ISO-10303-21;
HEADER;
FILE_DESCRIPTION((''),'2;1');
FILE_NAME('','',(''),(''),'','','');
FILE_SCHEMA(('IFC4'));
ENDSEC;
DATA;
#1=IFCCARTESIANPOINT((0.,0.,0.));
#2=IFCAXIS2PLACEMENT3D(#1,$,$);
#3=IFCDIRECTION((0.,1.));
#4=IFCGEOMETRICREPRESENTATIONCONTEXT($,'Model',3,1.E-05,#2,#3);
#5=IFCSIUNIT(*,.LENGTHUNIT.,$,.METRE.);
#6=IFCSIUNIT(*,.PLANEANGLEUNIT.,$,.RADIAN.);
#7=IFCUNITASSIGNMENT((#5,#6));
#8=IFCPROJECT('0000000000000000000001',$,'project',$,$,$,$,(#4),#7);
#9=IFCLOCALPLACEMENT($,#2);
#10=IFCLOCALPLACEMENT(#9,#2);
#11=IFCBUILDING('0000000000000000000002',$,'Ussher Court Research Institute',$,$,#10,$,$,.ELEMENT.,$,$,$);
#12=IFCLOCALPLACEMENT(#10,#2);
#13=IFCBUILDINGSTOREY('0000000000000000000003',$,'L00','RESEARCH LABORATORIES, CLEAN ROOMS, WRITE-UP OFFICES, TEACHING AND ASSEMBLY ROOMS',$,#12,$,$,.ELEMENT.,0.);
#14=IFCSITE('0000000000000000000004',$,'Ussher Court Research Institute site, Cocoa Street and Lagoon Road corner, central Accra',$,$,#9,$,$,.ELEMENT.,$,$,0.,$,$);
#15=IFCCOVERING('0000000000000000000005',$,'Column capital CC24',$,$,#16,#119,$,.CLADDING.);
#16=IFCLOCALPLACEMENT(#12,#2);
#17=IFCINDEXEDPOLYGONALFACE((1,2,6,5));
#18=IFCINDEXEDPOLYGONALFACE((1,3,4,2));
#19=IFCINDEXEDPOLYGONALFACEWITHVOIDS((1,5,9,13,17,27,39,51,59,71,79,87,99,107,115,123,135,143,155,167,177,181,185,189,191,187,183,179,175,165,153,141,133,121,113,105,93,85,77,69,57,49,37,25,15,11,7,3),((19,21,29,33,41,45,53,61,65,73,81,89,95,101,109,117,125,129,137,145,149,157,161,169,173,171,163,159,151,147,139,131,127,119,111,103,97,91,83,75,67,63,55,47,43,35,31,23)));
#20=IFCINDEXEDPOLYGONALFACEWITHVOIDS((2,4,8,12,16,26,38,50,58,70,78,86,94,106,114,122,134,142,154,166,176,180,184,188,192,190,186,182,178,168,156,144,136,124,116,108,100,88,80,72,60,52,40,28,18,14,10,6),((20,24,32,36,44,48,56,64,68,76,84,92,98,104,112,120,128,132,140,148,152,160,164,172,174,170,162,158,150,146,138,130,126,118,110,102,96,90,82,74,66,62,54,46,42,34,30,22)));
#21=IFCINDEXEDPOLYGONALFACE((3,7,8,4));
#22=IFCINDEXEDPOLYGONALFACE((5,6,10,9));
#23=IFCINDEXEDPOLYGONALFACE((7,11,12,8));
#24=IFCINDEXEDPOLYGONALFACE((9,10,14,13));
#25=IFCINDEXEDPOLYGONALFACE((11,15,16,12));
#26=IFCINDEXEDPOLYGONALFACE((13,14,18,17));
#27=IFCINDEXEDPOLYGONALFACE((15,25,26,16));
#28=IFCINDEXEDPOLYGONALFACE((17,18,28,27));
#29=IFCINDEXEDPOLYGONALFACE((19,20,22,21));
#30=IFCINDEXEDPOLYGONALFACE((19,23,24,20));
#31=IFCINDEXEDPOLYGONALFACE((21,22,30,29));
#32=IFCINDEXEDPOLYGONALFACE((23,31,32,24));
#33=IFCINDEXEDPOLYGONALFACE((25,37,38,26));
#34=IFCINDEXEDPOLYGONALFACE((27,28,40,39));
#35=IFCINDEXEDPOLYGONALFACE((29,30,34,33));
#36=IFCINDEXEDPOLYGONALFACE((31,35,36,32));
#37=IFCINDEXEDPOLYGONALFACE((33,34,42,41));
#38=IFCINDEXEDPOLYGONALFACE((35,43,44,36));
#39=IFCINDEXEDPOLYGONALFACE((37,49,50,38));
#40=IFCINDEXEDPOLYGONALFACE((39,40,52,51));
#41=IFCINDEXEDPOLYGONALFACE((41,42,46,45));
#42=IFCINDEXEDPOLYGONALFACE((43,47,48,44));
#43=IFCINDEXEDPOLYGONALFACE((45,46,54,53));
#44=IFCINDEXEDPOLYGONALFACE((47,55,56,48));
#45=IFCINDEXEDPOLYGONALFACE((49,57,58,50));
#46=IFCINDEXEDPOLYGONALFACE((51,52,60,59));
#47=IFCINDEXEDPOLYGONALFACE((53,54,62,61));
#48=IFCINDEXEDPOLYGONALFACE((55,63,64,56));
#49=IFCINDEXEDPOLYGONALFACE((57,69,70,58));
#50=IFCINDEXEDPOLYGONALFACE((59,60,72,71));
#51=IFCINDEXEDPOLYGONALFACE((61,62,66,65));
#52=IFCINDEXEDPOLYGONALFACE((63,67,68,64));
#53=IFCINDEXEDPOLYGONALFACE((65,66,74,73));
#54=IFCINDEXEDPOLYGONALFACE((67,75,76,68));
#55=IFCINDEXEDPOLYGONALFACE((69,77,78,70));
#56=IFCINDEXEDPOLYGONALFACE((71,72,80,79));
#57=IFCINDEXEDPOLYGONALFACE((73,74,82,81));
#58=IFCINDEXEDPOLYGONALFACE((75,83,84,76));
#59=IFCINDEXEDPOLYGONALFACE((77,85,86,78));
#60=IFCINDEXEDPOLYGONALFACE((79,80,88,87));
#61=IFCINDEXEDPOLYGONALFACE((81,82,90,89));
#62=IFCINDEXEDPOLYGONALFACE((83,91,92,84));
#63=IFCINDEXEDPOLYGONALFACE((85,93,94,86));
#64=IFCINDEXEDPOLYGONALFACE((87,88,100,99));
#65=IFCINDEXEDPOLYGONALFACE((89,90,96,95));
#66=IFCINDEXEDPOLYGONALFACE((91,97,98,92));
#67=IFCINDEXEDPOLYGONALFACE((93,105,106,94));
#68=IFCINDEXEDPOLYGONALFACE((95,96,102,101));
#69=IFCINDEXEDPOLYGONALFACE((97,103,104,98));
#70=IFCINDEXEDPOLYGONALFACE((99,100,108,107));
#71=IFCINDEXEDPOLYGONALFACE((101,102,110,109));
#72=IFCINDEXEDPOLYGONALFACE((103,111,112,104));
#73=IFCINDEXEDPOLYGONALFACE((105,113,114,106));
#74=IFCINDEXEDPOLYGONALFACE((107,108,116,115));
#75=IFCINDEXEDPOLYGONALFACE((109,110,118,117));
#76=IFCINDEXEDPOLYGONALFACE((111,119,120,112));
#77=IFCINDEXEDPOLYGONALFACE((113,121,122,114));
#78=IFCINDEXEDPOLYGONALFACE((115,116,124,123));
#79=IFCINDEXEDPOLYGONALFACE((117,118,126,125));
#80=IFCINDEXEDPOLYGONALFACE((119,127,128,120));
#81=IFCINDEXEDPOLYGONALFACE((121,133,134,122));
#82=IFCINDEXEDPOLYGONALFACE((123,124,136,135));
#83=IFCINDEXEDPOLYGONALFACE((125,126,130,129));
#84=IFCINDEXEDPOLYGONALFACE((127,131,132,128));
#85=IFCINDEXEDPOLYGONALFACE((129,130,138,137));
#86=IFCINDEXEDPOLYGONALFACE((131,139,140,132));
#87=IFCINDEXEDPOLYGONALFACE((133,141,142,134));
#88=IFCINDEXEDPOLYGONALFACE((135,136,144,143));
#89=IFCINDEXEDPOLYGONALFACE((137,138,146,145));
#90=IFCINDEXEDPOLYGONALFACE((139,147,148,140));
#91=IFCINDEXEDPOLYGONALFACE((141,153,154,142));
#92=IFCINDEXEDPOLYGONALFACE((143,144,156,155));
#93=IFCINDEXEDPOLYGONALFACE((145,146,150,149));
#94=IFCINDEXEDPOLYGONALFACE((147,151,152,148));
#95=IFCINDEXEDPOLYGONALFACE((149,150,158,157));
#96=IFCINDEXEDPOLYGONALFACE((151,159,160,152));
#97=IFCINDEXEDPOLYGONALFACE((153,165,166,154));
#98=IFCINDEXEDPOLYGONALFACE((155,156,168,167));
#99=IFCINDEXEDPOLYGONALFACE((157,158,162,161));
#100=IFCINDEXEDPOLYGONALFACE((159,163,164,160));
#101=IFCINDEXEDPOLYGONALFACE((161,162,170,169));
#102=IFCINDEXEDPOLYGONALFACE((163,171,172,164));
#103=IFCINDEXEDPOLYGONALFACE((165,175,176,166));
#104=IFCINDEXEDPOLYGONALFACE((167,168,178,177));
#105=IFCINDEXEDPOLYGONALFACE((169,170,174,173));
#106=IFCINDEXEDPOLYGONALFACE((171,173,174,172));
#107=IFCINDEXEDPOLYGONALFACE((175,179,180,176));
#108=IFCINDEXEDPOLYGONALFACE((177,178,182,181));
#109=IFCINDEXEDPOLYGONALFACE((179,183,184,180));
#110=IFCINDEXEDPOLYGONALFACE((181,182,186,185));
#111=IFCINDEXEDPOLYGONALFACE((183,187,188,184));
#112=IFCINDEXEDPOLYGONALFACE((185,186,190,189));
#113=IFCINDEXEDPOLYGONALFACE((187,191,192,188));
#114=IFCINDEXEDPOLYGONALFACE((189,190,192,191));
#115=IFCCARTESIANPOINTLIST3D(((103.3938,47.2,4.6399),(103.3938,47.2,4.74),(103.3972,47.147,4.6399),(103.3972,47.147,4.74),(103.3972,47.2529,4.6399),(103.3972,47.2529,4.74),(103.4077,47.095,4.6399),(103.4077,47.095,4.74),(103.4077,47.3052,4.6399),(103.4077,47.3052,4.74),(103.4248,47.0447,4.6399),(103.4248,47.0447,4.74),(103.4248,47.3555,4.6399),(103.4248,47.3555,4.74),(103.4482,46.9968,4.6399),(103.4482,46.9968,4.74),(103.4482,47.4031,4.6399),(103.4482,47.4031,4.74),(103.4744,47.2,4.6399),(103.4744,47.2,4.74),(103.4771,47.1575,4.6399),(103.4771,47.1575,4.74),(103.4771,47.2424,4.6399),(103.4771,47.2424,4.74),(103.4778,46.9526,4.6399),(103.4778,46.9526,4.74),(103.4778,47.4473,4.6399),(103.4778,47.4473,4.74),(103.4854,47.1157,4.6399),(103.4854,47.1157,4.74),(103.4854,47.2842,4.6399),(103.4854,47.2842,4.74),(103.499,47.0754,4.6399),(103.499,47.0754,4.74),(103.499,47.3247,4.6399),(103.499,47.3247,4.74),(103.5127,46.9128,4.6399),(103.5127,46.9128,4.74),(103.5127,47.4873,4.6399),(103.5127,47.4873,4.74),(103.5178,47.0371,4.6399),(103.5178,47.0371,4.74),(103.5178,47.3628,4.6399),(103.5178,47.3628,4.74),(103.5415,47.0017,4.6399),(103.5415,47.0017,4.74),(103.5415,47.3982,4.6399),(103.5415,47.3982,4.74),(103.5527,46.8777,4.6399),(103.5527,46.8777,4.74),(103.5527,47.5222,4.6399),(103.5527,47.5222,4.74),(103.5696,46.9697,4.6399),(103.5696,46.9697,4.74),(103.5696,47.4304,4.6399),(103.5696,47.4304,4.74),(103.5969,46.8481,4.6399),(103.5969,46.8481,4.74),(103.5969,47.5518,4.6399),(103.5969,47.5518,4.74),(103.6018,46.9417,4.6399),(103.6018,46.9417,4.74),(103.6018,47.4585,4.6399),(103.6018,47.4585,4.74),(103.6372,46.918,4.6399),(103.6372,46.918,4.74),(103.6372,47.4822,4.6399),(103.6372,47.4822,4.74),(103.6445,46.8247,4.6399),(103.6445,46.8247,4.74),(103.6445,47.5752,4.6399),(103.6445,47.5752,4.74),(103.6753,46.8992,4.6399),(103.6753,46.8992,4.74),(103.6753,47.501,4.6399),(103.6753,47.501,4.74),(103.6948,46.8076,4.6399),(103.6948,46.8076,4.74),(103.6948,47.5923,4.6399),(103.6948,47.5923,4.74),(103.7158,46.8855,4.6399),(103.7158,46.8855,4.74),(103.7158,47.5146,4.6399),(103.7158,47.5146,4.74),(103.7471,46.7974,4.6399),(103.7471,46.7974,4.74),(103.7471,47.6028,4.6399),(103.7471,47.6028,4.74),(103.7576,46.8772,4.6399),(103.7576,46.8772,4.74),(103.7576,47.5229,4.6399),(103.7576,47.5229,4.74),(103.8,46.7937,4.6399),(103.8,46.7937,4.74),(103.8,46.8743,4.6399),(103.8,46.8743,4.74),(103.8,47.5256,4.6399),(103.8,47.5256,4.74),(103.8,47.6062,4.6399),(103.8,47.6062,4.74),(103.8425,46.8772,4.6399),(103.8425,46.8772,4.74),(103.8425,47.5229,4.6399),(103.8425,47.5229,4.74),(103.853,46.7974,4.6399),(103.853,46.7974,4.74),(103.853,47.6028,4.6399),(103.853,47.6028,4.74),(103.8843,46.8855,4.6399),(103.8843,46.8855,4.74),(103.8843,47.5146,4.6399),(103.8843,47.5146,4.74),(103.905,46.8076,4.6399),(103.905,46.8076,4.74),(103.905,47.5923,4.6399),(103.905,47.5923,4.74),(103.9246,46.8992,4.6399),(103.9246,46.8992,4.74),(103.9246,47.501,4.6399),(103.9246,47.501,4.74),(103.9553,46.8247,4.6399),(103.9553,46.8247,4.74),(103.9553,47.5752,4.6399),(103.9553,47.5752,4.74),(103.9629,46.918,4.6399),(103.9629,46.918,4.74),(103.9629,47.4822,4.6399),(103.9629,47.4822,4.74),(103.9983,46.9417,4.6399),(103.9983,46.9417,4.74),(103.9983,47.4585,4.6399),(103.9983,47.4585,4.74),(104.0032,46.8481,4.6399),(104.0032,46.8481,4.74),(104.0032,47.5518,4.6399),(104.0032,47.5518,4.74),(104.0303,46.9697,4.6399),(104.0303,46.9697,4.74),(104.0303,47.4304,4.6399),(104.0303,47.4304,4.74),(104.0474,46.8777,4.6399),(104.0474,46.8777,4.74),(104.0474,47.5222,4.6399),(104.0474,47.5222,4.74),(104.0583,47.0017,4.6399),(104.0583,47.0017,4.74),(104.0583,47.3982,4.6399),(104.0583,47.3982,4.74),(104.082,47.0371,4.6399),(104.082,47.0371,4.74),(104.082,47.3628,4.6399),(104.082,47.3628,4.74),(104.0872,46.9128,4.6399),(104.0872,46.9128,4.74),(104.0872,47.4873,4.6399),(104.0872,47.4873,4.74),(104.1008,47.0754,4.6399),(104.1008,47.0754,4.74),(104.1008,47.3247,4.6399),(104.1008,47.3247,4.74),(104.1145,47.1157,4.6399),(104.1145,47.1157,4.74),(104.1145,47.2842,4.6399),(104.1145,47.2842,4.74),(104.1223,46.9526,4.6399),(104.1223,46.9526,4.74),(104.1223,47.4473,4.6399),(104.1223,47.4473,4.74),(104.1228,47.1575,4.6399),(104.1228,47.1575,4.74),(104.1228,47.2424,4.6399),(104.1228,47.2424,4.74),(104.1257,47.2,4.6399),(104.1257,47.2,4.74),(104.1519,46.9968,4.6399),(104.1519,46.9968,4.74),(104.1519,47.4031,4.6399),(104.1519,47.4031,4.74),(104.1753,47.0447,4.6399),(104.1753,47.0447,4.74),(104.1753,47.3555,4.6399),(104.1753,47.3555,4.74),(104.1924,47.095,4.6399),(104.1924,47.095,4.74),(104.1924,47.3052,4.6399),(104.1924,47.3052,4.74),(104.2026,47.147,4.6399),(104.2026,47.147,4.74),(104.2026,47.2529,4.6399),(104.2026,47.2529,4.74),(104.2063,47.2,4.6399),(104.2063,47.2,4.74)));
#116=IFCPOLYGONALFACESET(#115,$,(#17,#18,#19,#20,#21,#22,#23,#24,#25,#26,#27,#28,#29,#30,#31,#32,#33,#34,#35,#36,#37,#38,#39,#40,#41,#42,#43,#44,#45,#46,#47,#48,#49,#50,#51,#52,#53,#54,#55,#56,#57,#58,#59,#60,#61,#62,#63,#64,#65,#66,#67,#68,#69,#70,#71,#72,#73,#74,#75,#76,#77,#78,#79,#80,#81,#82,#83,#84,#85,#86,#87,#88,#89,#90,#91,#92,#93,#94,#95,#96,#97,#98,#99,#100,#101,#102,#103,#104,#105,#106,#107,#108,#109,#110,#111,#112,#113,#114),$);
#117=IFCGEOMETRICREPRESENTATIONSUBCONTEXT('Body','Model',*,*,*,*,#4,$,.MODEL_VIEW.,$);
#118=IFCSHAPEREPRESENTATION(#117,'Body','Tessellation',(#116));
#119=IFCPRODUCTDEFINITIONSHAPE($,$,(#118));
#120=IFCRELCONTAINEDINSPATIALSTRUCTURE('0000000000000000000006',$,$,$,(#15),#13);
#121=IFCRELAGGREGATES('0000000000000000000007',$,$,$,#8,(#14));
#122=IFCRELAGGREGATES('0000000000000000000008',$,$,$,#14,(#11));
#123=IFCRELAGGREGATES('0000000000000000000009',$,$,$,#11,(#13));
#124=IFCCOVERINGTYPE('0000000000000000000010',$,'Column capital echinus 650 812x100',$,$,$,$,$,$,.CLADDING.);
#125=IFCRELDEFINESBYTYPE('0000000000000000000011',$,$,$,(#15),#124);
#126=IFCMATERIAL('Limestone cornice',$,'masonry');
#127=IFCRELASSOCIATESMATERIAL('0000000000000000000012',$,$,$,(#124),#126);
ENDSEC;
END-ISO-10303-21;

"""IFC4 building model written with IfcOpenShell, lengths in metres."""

from ifc_helpers import new_model, si_unit, direction, frame, origin, place, context, subcontext, project, spatial, polyline, outline, extrude, material, type_object, element, save


model = new_model("IFC4")

# Units and contexts
model_context = context("Model", 3, precision=1e-05, world=origin(), true_north=direction((0.0, 1.0)))
body_context = subcontext(model_context, "Body", "Model", "MODEL_VIEW")
ifc_project = project(units=[si_unit("LENGTHUNIT", "METRE"), si_unit("PLANEANGLEUNIT", "RADIAN")], contexts=[model_context])

# Site, building, storey
site_placement = place(None, origin())
site = spatial("IfcSite", under=ifc_project, at=site_placement, Name="Ussher Court Research Institute site, Cocoa Street and Lagoon Road corner, central Accra", CompositionType="ELEMENT", RefElevation=0.0)
building_placement = place(site_placement, origin())
building = spatial("IfcBuilding", under=site, at=building_placement, Name="Ussher Court Research Institute", CompositionType="ELEMENT")
storey_placement = place(building_placement, origin())
storey = spatial("IfcBuildingStorey", under=building, at=storey_placement, Name="L00", Description="RESEARCH LABORATORIES, CLEAN ROOMS, WRITE-UP OFFICES, TEACHING AND ASSEMBLY ROOMS", CompositionType="ELEMENT", Elevation=0.0)

# Covering
ifc_material_1 = material(Name="Limestone cornice", Category="masonry")
covering_type_1 = type_object("IfcCoveringType", Name="Column capital echinus 650 812x100", PredefinedType="CLADDING", material=ifc_material_1)
covering_1_placement = place(storey_placement, frame((0.0, 0.0, 4.6399)))
element("IfcCovering", 1, at=covering_1_placement, inside=storey, type_object=covering_type_1, Name="Column capital CC24", PredefinedType="CLADDING", context=body_context, shape_type="SweptSolid", body=[
    extrude(outline(polyline([(104.2063, 47.2), (104.2026, 47.2529), (104.1924, 47.3052), (104.1753, 47.3555), (104.1519, 47.4031), (104.1223, 47.4473), (104.0872, 47.4873), (104.0474, 47.5222), (104.0032, 47.5518), (103.9553, 47.5752), (103.905, 47.5923), (103.853, 47.6028), (103.8, 47.6062), (103.7471, 47.6028), (103.6948, 47.5923), (103.6445, 47.5752), (103.5969, 47.5518), (103.5527, 47.5222), (103.5127, 47.4873), (103.4778, 47.4473), (103.4482, 47.4031), (103.4248, 47.3555), (103.4077, 47.3052), (103.3972, 47.2529), (103.3938, 47.2), (103.3972, 47.147), (103.4077, 47.095), (103.4248, 47.0447), (103.4482, 46.9968), (103.4778, 46.9526), (103.5127, 46.9128), (103.5527, 46.8777), (103.5969, 46.8481), (103.6445, 46.8247), (103.6948, 46.8076), (103.7471, 46.7974), (103.8, 46.7937), (103.853, 46.7974), (103.905, 46.8076), (103.9553, 46.8247), (104.0032, 46.8481), (104.0474, 46.8777), (104.0872, 46.9128), (104.1223, 46.9526), (104.1519, 46.9968), (104.1753, 47.0447), (104.1924, 47.095), (104.2026, 47.147), (104.2063, 47.2)]), holes=[polyline([(104.1257, 47.2), (104.1228, 47.2424), (104.1145, 47.2842), (104.1008, 47.3247), (104.082, 47.3628), (104.0583, 47.3982), (104.0303, 47.4304), (103.9983, 47.4585), (103.9629, 47.4822), (103.9246, 47.501), (103.8843, 47.5146), (103.8425, 47.5229), (103.8, 47.5256), (103.7576, 47.5229), (103.7158, 47.5146), (103.6753, 47.501), (103.6372, 47.4822), (103.6018, 47.4585), (103.5696, 47.4304), (103.5415, 47.3982), (103.5178, 47.3628), (103.499, 47.3247), (103.4854, 47.2842), (103.4771, 47.2424), (103.4744, 47.2), (103.4771, 47.1575), (103.4854, 47.1157), (103.499, 47.0754), (103.5178, 47.0371), (103.5415, 47.0017), (103.5696, 46.9697), (103.6018, 46.9417), (103.6372, 46.918), (103.6753, 46.8992), (103.7158, 46.8855), (103.7576, 46.8772), (103.8, 46.8743), (103.8425, 46.8772), (103.8843, 46.8855), (103.9246, 46.8992), (103.9629, 46.918), (103.9983, 46.9417), (104.0303, 46.9697), (104.0583, 47.0017), (104.082, 47.0371), (104.1008, 47.0754), (104.1145, 47.1157), (104.1228, 47.1575), (104.1257, 47.2)])]), origin(), (0.0, 0.0, 1.0), 0.1001),
])

save(model, "model.ifc")
